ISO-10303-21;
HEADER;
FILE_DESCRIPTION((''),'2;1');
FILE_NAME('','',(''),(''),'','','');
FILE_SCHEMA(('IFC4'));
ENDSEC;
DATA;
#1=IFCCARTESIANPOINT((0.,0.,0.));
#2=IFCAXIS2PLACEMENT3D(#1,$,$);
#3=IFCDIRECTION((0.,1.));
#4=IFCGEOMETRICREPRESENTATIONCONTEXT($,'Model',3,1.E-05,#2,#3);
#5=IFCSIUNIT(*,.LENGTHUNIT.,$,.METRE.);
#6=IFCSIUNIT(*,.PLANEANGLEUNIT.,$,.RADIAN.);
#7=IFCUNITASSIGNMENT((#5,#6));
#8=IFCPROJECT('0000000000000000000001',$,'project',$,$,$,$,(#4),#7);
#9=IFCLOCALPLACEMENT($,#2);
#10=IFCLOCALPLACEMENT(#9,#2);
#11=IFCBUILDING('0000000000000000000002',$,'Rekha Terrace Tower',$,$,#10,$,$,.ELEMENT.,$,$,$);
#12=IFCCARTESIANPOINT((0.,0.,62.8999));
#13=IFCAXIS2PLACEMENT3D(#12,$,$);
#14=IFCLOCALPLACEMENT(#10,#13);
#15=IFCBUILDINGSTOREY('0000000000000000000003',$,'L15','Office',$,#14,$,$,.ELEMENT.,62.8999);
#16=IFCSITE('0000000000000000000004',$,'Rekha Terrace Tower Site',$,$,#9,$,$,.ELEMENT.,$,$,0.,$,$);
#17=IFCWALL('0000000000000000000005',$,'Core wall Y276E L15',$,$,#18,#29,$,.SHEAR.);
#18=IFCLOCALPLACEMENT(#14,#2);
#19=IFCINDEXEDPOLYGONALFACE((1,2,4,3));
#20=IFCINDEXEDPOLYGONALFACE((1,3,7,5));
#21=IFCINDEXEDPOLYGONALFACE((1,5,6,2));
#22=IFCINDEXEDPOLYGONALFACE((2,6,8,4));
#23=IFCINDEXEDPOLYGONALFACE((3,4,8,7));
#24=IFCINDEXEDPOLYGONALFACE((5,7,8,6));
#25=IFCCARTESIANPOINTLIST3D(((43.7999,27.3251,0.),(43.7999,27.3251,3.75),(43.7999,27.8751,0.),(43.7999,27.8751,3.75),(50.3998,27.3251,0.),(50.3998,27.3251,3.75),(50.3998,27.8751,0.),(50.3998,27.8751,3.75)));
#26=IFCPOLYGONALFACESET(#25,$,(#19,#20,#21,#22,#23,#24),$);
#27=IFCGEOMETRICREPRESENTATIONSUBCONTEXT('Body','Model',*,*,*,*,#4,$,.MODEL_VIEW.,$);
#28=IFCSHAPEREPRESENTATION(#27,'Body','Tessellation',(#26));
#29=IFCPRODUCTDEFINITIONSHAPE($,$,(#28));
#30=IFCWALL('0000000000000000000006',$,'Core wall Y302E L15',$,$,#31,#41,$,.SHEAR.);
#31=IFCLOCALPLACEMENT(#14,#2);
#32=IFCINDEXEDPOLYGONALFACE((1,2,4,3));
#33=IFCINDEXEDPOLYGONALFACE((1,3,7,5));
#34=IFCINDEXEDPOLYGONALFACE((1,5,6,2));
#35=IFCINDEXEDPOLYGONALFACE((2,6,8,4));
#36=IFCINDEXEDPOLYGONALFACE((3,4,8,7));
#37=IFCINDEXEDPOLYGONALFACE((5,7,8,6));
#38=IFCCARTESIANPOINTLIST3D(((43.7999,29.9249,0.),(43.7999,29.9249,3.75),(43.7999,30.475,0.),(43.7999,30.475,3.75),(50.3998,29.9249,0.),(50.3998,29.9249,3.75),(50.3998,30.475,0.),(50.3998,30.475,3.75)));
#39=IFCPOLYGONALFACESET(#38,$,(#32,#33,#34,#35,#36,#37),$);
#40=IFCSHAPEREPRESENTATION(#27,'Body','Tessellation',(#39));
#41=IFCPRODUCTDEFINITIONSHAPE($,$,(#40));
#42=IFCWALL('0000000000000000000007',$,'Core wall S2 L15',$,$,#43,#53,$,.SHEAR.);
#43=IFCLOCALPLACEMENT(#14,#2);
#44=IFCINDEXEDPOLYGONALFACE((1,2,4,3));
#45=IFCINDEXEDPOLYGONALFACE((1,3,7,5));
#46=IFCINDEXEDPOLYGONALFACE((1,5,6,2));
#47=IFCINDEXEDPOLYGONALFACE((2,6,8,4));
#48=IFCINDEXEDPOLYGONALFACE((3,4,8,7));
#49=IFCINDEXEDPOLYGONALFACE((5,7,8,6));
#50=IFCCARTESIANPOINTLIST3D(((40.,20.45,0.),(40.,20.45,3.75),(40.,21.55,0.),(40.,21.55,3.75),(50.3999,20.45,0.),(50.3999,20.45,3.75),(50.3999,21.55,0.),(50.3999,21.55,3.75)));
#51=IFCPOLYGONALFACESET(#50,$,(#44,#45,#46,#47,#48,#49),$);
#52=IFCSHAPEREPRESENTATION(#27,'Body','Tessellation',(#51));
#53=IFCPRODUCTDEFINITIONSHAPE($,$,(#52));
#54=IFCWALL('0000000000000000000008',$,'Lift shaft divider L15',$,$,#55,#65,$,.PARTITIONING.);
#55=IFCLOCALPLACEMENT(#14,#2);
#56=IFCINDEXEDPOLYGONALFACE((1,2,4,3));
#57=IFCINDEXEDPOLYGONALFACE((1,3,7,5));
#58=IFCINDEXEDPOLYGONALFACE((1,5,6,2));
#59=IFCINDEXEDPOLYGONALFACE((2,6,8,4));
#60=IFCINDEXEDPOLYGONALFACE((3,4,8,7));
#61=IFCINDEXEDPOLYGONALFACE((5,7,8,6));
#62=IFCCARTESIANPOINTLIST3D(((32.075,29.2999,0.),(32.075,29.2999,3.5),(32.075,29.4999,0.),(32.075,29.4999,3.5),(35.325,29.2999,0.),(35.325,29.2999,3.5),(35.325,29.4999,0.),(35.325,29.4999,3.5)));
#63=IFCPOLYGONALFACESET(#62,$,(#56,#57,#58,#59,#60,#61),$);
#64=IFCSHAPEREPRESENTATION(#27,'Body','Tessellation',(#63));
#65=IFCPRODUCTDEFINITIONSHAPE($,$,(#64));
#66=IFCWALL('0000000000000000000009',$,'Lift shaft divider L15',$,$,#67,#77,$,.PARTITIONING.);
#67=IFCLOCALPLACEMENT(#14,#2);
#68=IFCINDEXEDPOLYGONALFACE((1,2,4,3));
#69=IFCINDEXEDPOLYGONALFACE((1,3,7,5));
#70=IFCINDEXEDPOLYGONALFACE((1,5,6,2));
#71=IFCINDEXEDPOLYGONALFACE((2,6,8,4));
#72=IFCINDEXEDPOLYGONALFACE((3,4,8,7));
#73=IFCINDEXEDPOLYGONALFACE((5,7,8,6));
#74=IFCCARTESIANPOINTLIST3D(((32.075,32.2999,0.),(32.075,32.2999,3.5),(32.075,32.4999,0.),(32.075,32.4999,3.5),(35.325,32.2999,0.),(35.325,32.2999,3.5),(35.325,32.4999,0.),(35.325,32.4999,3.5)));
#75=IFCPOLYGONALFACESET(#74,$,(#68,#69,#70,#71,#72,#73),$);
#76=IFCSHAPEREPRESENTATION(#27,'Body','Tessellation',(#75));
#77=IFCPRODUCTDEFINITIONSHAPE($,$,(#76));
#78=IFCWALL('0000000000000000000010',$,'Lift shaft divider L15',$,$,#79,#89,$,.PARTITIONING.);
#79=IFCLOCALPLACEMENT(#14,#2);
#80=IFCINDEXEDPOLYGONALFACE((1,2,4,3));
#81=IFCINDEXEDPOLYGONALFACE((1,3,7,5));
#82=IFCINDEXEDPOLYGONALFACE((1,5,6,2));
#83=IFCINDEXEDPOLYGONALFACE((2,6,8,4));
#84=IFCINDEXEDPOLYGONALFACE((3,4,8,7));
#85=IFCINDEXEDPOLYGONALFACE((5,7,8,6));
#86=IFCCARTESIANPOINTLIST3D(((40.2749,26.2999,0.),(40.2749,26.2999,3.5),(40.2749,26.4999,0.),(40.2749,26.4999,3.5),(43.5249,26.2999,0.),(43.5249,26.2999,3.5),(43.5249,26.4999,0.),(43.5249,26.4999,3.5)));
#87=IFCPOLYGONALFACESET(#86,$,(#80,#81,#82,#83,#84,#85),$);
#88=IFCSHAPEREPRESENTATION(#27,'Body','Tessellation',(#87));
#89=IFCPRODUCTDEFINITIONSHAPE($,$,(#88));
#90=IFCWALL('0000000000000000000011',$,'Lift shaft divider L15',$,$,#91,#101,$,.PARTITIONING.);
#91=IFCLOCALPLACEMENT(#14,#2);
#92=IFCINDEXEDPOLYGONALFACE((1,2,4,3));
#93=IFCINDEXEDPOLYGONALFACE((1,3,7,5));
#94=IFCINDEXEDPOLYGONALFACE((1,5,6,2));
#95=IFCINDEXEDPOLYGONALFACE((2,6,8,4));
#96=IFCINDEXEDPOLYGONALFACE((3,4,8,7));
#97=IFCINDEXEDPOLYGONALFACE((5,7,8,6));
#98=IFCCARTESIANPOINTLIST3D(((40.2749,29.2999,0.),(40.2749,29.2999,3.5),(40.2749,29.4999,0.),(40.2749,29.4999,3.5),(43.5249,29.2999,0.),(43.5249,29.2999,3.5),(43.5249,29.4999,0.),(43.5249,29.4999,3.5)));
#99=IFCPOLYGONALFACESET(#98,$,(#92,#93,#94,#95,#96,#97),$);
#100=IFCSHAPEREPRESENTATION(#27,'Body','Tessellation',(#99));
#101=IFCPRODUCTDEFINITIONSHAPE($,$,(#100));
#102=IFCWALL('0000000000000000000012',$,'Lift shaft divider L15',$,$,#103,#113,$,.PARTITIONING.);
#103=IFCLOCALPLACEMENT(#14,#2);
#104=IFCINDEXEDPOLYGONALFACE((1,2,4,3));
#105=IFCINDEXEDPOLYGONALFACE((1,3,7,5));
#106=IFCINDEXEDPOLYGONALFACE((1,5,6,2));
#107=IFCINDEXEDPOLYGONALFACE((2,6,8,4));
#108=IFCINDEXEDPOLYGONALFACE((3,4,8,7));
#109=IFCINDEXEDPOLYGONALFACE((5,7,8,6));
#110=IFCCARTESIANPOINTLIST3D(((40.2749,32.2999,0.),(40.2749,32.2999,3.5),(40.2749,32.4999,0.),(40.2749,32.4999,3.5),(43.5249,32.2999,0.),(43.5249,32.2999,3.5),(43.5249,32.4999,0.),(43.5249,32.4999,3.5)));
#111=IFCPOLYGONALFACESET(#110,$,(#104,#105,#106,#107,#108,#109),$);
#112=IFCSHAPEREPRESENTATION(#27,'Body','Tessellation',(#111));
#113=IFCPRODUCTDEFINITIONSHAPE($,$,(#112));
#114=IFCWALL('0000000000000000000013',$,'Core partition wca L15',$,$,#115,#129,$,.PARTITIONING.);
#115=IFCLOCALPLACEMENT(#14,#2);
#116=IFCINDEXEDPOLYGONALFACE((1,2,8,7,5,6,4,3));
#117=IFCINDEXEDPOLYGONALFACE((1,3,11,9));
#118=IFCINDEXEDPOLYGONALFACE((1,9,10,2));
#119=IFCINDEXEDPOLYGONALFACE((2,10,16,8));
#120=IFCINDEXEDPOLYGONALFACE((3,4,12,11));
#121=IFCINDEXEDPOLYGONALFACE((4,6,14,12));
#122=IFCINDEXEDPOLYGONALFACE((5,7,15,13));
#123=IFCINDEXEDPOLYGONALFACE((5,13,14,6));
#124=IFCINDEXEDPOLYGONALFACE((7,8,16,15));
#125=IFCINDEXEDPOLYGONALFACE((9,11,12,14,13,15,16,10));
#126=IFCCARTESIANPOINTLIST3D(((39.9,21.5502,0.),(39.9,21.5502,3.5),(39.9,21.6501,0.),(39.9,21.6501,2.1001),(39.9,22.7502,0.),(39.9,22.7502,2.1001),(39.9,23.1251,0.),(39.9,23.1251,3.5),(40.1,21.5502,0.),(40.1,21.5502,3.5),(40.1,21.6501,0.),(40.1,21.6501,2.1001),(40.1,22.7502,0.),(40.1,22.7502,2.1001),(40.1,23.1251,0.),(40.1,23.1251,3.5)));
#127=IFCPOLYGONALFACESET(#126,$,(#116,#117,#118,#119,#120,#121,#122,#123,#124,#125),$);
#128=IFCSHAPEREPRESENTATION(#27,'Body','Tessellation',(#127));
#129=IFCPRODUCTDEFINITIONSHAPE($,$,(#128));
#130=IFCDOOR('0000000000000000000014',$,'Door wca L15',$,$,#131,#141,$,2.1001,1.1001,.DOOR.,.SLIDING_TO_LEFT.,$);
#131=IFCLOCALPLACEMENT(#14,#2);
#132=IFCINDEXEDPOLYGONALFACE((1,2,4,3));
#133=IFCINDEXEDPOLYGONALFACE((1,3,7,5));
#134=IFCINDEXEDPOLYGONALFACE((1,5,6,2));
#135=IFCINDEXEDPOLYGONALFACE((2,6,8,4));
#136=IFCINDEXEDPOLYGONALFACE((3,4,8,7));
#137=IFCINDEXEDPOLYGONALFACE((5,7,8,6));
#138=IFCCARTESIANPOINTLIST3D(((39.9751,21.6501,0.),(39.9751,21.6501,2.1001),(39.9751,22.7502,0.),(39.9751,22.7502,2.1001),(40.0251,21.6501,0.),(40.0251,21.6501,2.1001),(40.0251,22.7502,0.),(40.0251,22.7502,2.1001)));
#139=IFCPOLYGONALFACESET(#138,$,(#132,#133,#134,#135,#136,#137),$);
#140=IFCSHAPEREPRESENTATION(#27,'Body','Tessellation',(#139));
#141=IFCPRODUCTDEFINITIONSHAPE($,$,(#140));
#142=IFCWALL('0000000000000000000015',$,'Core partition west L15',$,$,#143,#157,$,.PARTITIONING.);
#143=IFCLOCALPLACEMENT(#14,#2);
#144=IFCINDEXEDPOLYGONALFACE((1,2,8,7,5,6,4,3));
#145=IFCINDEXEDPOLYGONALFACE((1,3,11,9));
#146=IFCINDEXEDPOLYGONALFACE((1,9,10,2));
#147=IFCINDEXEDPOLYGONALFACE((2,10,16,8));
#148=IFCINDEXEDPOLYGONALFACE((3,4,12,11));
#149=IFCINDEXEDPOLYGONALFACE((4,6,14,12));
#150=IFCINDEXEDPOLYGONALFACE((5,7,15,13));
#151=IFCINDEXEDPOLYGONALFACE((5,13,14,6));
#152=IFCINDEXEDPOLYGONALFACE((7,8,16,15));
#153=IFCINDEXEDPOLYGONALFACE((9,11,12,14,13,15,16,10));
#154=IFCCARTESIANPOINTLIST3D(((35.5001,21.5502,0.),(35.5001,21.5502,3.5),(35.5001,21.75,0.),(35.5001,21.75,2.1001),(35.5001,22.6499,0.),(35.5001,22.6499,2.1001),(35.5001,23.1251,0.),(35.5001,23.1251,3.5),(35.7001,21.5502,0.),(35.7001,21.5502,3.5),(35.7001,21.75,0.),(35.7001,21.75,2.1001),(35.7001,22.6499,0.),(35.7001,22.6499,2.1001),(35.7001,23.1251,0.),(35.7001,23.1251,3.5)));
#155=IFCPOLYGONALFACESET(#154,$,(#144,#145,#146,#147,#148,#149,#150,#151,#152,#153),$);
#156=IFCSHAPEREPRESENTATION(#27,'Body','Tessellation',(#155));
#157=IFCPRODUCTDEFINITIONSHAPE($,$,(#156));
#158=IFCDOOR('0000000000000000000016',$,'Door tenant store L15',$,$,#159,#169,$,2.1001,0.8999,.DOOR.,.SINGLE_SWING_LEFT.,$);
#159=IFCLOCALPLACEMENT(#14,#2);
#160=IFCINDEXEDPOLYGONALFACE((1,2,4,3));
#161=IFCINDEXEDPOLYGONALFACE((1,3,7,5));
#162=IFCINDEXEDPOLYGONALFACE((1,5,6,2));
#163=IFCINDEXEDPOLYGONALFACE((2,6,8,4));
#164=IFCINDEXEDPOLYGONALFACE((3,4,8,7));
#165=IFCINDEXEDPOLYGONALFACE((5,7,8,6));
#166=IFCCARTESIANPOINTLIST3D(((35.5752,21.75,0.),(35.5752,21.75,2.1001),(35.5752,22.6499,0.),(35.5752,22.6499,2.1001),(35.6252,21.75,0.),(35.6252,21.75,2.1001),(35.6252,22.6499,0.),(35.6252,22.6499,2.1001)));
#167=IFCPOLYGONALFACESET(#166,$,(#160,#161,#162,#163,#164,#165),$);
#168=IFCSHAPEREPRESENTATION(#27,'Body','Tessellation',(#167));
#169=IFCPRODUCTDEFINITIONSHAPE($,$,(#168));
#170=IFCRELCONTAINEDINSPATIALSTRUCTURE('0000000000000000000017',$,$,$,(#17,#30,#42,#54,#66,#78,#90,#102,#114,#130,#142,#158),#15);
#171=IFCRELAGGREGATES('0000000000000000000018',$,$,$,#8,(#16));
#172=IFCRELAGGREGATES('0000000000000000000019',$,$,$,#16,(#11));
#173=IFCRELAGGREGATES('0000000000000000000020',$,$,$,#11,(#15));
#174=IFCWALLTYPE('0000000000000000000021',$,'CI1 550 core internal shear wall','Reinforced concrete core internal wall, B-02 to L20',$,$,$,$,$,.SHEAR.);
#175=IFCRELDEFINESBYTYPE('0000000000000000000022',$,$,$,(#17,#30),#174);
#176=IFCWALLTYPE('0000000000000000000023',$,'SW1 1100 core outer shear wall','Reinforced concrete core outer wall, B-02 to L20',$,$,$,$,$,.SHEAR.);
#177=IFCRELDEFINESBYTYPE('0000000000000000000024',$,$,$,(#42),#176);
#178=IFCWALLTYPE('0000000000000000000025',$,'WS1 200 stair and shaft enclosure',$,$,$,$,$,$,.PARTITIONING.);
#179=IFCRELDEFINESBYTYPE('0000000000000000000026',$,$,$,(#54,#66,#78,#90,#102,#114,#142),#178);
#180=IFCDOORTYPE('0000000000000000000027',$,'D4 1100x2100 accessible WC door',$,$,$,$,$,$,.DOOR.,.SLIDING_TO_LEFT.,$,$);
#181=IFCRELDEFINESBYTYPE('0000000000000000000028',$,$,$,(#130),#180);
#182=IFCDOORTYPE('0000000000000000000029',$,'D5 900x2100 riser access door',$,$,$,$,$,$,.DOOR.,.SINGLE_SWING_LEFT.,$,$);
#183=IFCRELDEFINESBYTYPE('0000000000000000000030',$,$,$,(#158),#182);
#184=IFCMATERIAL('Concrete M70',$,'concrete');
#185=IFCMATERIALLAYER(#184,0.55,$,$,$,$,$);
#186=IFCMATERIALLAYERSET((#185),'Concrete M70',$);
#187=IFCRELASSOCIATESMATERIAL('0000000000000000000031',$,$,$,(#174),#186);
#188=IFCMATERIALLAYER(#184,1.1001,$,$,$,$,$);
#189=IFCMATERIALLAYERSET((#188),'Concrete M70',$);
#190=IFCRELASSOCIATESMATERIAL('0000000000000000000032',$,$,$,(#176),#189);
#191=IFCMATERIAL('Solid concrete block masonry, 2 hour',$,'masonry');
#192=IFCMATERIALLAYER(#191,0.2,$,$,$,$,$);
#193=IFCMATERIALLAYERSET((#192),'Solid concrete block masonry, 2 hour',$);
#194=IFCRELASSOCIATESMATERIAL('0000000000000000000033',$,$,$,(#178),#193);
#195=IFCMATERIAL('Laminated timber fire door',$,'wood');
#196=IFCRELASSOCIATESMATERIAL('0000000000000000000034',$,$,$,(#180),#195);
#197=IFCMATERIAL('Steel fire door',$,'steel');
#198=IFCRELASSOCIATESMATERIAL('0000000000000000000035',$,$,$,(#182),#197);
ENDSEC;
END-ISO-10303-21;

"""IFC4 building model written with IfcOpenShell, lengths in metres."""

from ifc_helpers import new_model, si_unit, direction, frame, frame_2d, origin, place, context, subcontext, project, spatial, rectangle, extrude, material, layer, layer_set, type_object, element, fill, save


model = new_model("IFC4")

# Units and contexts
model_context = context("Model", 3, precision=1e-05, world=origin(), true_north=direction((0.0, 1.0)))
body_context = subcontext(model_context, "Body", "Model", "MODEL_VIEW")
ifc_project = project(units=[si_unit("LENGTHUNIT", "METRE"), si_unit("PLANEANGLEUNIT", "RADIAN")], contexts=[model_context])

# Site, building, storey
site_placement = place(None, origin())
site = spatial("IfcSite", under=ifc_project, at=site_placement, Name="Rekha Terrace Tower Site", CompositionType="ELEMENT", RefElevation=0.0)
building_placement = place(site_placement, origin())
building = spatial("IfcBuilding", under=site, at=building_placement, Name="Rekha Terrace Tower", CompositionType="ELEMENT")
storey_placement = place(building_placement, frame((0.0, 0.0, 62.8999)))
storey = spatial("IfcBuildingStorey", under=building, at=storey_placement, Name="L15", Description="Office", CompositionType="ELEMENT", Elevation=62.8999)

# Shared definitions
ifc_material_1 = material(Name="Concrete M70", Category="concrete")
ifc_layer_1 = layer(ifc_material_1, 0.55)
ifc_layer_set_1 = layer_set([ifc_layer_1], Name="Concrete M70")
wall_type_1 = type_object("IfcWallType", Name="CI1 550 core internal shear wall", Description="Reinforced concrete core internal wall, B-02 to L20", PredefinedType="SHEAR", material=ifc_layer_set_1)

# Walls
for number, where, z_axis, x_axis, name in (
    (1, (43.8, 27.6001, 0.0), (0.0, 0.0, 1.0), (1.0, 0.0, 0.0), "Core wall Y276E L15"),
    (2, (43.8, 30.2, 0.0), (0.0, 0.0, 1.0), (1.0, 0.0, 0.0), "Core wall Y302E L15"),
):
    element("IfcWall", number, at=place(storey_placement, frame(where, z_axis=z_axis, x_axis=x_axis)), inside=storey, type_object=wall_type_1, Name=name, PredefinedType="SHEAR", context=body_context, shape_type="SweptSolid", body=[
        extrude(rectangle(XDim=6.5999, YDim=0.55, at=frame_2d((3.2998, 0.0))), origin(), (0.0, 0.0, 1.0), 3.75),
    ])
ifc_layer_2 = layer(ifc_material_1, 1.1001)
ifc_layer_set_2 = layer_set([ifc_layer_2], Name="Concrete M70")
wall_type_2 = type_object("IfcWallType", Name="SW1 1100 core outer shear wall", Description="Reinforced concrete core outer wall, B-02 to L20", PredefinedType="SHEAR", material=ifc_layer_set_2)
wall_1_placement = place(storey_placement, frame((40.0, 21.0, 0.0), z_axis=(0.0, 0.0, 1.0), x_axis=(1.0, 0.0, 0.0)))
element("IfcWall", 3, at=wall_1_placement, inside=storey, type_object=wall_type_2, Name="Core wall S2 L15", PredefinedType="SHEAR", context=body_context, shape_type="SweptSolid", body=[
    extrude(rectangle(XDim=10.3999, YDim=1.1001, at=frame_2d((5.2, 0.0))), origin(), (0.0, 0.0, 1.0), 3.75),
])
ifc_material_2 = material(Name="Solid concrete block masonry, 2 hour", Category="masonry")
ifc_layer_3 = layer(ifc_material_2, 0.2)
ifc_layer_set_3 = layer_set([ifc_layer_3], Name="Solid concrete block masonry, 2 hour")
wall_type_3 = type_object("IfcWallType", Name="WS1 200 stair and shaft enclosure", PredefinedType="PARTITIONING", material=ifc_layer_set_3)
for number, where, z_axis, x_axis, name in (
    (4, (32.075, 29.3999, 0.0), (0.0, 0.0, 1.0), (1.0, 0.0, 0.0), "Lift shaft divider L15"),
    (5, (32.075, 32.3999, 0.0), (0.0, 0.0, 1.0), (1.0, 0.0, 0.0), "Lift shaft divider L15"),
    (6, (40.2749, 26.3999, 0.0), (0.0, 0.0, 1.0), (1.0, 0.0, 0.0), "Lift shaft divider L15"),
    (7, (40.2749, 29.3999, 0.0), (0.0, 0.0, 1.0), (1.0, 0.0, 0.0), "Lift shaft divider L15"),
    (8, (40.2749, 32.3999, 0.0), (0.0, 0.0, 1.0), (1.0, 0.0, 0.0), "Lift shaft divider L15"),
):
    element("IfcWall", number, at=place(storey_placement, frame(where, z_axis=z_axis, x_axis=x_axis)), inside=storey, type_object=wall_type_3, Name=name, PredefinedType="PARTITIONING", context=body_context, shape_type="SweptSolid", body=[
        extrude(rectangle(XDim=3.25, YDim=0.2, at=frame_2d((1.625, 0.0))), origin(), (0.0, 0.0, 1.0), 3.5),
    ])

# Walls, openings, doors
wall_2_placement = place(storey_placement, frame((40.0, 21.55, 0.0), z_axis=(0.0, 0.0, 1.0), x_axis=(0.0, 1.0, 0.0)))
wall_2 = element("IfcWall", 9, at=wall_2_placement, inside=storey, type_object=wall_type_3, Name="Core partition wca L15", PredefinedType="PARTITIONING", context=body_context, shape_type="SweptSolid", body=[
    extrude(rectangle(XDim=1.575, YDim=0.2, at=frame_2d((0.7876, 0.0))), origin(), (0.0, 0.0, 1.0), 3.5),
])
opening_1_placement = place(wall_2_placement, frame((0.1001, 0.0, 0.0)))
opening_1 = element("IfcOpeningElement", 10, at=opening_1_placement, cuts=wall_2, PredefinedType="OPENING", context=body_context, shape_type="SweptSolid", body=[
    extrude(rectangle(XDim=1.1001, YDim=2.1001, at=frame_2d((0.55, 1.05))), frame((0.0, 0.1099, 0.0), z_axis=(0.0, -1.0, 0.0), x_axis=(1.0, 0.0, 0.0)), (0.0, 0.0, 1.0), 0.22),
])
ifc_material_3 = material(Name="Laminated timber fire door", Category="wood")
door_type_1 = type_object("IfcDoorType", Name="D4 1100x2100 accessible WC door", OperationType="SLIDING_TO_LEFT", PredefinedType="DOOR", material=ifc_material_3)
door_1_placement = place(opening_1_placement, origin())
door_1 = element("IfcDoor", 11, at=door_1_placement, inside=storey, type_object=door_type_1, Name="Door wca L15", OperationType="SLIDING_TO_LEFT", OverallHeight=2.1001, OverallWidth=1.1001, PredefinedType="DOOR", context=body_context, shape_type="SweptSolid", body=[
    extrude(rectangle(XDim=1.1001, YDim=2.1001, at=frame_2d((0.55, 1.05))), frame((0.0, 0.0249, 0.0), z_axis=(0.0, -1.0, 0.0), x_axis=(1.0, 0.0, 0.0)), (0.0, 0.0, 1.0), 0.05),
])
fill(opening_1, door_1)
wall_3_placement = place(storey_placement, frame((35.6001, 21.55, 0.0), z_axis=(0.0, 0.0, 1.0), x_axis=(0.0, 1.0, 0.0)))
wall_3 = element("IfcWall", 12, at=wall_3_placement, inside=storey, type_object=wall_type_3, Name="Core partition west L15", PredefinedType="PARTITIONING", context=body_context, shape_type="SweptSolid", body=[
    extrude(rectangle(XDim=1.575, YDim=0.2, at=frame_2d((0.7876, 0.0))), origin(), (0.0, 0.0, 1.0), 3.5),
])
opening_2_placement = place(wall_3_placement, frame((0.2, 0.0, 0.0)))
opening_2 = element("IfcOpeningElement", 13, at=opening_2_placement, cuts=wall_3, PredefinedType="OPENING", context=body_context, shape_type="SweptSolid", body=[
    extrude(rectangle(XDim=0.8999, YDim=2.1001, at=frame_2d((0.45, 1.05))), frame((0.0, 0.1099, 0.0), z_axis=(0.0, -1.0, 0.0), x_axis=(1.0, 0.0, 0.0)), (0.0, 0.0, 1.0), 0.22),
])
ifc_material_4 = material(Name="Steel fire door", Category="steel")
door_type_2 = type_object("IfcDoorType", Name="D5 900x2100 riser access door", OperationType="SINGLE_SWING_LEFT", PredefinedType="DOOR", material=ifc_material_4)
door_2_placement = place(opening_2_placement, origin())
door_2 = element("IfcDoor", 14, at=door_2_placement, inside=storey, type_object=door_type_2, Name="Door tenant store L15", OperationType="SINGLE_SWING_LEFT", OverallHeight=2.1001, OverallWidth=0.8999, PredefinedType="DOOR", context=body_context, shape_type="SweptSolid", body=[
    extrude(rectangle(XDim=0.8999, YDim=2.1001, at=frame_2d((0.45, 1.05))), frame((0.0, 0.0249, 0.0), z_axis=(0.0, -1.0, 0.0), x_axis=(1.0, 0.0, 0.0)), (0.0, 0.0, 1.0), 0.05),
])
fill(opening_2, door_2)

save(model, "model.ifc")
